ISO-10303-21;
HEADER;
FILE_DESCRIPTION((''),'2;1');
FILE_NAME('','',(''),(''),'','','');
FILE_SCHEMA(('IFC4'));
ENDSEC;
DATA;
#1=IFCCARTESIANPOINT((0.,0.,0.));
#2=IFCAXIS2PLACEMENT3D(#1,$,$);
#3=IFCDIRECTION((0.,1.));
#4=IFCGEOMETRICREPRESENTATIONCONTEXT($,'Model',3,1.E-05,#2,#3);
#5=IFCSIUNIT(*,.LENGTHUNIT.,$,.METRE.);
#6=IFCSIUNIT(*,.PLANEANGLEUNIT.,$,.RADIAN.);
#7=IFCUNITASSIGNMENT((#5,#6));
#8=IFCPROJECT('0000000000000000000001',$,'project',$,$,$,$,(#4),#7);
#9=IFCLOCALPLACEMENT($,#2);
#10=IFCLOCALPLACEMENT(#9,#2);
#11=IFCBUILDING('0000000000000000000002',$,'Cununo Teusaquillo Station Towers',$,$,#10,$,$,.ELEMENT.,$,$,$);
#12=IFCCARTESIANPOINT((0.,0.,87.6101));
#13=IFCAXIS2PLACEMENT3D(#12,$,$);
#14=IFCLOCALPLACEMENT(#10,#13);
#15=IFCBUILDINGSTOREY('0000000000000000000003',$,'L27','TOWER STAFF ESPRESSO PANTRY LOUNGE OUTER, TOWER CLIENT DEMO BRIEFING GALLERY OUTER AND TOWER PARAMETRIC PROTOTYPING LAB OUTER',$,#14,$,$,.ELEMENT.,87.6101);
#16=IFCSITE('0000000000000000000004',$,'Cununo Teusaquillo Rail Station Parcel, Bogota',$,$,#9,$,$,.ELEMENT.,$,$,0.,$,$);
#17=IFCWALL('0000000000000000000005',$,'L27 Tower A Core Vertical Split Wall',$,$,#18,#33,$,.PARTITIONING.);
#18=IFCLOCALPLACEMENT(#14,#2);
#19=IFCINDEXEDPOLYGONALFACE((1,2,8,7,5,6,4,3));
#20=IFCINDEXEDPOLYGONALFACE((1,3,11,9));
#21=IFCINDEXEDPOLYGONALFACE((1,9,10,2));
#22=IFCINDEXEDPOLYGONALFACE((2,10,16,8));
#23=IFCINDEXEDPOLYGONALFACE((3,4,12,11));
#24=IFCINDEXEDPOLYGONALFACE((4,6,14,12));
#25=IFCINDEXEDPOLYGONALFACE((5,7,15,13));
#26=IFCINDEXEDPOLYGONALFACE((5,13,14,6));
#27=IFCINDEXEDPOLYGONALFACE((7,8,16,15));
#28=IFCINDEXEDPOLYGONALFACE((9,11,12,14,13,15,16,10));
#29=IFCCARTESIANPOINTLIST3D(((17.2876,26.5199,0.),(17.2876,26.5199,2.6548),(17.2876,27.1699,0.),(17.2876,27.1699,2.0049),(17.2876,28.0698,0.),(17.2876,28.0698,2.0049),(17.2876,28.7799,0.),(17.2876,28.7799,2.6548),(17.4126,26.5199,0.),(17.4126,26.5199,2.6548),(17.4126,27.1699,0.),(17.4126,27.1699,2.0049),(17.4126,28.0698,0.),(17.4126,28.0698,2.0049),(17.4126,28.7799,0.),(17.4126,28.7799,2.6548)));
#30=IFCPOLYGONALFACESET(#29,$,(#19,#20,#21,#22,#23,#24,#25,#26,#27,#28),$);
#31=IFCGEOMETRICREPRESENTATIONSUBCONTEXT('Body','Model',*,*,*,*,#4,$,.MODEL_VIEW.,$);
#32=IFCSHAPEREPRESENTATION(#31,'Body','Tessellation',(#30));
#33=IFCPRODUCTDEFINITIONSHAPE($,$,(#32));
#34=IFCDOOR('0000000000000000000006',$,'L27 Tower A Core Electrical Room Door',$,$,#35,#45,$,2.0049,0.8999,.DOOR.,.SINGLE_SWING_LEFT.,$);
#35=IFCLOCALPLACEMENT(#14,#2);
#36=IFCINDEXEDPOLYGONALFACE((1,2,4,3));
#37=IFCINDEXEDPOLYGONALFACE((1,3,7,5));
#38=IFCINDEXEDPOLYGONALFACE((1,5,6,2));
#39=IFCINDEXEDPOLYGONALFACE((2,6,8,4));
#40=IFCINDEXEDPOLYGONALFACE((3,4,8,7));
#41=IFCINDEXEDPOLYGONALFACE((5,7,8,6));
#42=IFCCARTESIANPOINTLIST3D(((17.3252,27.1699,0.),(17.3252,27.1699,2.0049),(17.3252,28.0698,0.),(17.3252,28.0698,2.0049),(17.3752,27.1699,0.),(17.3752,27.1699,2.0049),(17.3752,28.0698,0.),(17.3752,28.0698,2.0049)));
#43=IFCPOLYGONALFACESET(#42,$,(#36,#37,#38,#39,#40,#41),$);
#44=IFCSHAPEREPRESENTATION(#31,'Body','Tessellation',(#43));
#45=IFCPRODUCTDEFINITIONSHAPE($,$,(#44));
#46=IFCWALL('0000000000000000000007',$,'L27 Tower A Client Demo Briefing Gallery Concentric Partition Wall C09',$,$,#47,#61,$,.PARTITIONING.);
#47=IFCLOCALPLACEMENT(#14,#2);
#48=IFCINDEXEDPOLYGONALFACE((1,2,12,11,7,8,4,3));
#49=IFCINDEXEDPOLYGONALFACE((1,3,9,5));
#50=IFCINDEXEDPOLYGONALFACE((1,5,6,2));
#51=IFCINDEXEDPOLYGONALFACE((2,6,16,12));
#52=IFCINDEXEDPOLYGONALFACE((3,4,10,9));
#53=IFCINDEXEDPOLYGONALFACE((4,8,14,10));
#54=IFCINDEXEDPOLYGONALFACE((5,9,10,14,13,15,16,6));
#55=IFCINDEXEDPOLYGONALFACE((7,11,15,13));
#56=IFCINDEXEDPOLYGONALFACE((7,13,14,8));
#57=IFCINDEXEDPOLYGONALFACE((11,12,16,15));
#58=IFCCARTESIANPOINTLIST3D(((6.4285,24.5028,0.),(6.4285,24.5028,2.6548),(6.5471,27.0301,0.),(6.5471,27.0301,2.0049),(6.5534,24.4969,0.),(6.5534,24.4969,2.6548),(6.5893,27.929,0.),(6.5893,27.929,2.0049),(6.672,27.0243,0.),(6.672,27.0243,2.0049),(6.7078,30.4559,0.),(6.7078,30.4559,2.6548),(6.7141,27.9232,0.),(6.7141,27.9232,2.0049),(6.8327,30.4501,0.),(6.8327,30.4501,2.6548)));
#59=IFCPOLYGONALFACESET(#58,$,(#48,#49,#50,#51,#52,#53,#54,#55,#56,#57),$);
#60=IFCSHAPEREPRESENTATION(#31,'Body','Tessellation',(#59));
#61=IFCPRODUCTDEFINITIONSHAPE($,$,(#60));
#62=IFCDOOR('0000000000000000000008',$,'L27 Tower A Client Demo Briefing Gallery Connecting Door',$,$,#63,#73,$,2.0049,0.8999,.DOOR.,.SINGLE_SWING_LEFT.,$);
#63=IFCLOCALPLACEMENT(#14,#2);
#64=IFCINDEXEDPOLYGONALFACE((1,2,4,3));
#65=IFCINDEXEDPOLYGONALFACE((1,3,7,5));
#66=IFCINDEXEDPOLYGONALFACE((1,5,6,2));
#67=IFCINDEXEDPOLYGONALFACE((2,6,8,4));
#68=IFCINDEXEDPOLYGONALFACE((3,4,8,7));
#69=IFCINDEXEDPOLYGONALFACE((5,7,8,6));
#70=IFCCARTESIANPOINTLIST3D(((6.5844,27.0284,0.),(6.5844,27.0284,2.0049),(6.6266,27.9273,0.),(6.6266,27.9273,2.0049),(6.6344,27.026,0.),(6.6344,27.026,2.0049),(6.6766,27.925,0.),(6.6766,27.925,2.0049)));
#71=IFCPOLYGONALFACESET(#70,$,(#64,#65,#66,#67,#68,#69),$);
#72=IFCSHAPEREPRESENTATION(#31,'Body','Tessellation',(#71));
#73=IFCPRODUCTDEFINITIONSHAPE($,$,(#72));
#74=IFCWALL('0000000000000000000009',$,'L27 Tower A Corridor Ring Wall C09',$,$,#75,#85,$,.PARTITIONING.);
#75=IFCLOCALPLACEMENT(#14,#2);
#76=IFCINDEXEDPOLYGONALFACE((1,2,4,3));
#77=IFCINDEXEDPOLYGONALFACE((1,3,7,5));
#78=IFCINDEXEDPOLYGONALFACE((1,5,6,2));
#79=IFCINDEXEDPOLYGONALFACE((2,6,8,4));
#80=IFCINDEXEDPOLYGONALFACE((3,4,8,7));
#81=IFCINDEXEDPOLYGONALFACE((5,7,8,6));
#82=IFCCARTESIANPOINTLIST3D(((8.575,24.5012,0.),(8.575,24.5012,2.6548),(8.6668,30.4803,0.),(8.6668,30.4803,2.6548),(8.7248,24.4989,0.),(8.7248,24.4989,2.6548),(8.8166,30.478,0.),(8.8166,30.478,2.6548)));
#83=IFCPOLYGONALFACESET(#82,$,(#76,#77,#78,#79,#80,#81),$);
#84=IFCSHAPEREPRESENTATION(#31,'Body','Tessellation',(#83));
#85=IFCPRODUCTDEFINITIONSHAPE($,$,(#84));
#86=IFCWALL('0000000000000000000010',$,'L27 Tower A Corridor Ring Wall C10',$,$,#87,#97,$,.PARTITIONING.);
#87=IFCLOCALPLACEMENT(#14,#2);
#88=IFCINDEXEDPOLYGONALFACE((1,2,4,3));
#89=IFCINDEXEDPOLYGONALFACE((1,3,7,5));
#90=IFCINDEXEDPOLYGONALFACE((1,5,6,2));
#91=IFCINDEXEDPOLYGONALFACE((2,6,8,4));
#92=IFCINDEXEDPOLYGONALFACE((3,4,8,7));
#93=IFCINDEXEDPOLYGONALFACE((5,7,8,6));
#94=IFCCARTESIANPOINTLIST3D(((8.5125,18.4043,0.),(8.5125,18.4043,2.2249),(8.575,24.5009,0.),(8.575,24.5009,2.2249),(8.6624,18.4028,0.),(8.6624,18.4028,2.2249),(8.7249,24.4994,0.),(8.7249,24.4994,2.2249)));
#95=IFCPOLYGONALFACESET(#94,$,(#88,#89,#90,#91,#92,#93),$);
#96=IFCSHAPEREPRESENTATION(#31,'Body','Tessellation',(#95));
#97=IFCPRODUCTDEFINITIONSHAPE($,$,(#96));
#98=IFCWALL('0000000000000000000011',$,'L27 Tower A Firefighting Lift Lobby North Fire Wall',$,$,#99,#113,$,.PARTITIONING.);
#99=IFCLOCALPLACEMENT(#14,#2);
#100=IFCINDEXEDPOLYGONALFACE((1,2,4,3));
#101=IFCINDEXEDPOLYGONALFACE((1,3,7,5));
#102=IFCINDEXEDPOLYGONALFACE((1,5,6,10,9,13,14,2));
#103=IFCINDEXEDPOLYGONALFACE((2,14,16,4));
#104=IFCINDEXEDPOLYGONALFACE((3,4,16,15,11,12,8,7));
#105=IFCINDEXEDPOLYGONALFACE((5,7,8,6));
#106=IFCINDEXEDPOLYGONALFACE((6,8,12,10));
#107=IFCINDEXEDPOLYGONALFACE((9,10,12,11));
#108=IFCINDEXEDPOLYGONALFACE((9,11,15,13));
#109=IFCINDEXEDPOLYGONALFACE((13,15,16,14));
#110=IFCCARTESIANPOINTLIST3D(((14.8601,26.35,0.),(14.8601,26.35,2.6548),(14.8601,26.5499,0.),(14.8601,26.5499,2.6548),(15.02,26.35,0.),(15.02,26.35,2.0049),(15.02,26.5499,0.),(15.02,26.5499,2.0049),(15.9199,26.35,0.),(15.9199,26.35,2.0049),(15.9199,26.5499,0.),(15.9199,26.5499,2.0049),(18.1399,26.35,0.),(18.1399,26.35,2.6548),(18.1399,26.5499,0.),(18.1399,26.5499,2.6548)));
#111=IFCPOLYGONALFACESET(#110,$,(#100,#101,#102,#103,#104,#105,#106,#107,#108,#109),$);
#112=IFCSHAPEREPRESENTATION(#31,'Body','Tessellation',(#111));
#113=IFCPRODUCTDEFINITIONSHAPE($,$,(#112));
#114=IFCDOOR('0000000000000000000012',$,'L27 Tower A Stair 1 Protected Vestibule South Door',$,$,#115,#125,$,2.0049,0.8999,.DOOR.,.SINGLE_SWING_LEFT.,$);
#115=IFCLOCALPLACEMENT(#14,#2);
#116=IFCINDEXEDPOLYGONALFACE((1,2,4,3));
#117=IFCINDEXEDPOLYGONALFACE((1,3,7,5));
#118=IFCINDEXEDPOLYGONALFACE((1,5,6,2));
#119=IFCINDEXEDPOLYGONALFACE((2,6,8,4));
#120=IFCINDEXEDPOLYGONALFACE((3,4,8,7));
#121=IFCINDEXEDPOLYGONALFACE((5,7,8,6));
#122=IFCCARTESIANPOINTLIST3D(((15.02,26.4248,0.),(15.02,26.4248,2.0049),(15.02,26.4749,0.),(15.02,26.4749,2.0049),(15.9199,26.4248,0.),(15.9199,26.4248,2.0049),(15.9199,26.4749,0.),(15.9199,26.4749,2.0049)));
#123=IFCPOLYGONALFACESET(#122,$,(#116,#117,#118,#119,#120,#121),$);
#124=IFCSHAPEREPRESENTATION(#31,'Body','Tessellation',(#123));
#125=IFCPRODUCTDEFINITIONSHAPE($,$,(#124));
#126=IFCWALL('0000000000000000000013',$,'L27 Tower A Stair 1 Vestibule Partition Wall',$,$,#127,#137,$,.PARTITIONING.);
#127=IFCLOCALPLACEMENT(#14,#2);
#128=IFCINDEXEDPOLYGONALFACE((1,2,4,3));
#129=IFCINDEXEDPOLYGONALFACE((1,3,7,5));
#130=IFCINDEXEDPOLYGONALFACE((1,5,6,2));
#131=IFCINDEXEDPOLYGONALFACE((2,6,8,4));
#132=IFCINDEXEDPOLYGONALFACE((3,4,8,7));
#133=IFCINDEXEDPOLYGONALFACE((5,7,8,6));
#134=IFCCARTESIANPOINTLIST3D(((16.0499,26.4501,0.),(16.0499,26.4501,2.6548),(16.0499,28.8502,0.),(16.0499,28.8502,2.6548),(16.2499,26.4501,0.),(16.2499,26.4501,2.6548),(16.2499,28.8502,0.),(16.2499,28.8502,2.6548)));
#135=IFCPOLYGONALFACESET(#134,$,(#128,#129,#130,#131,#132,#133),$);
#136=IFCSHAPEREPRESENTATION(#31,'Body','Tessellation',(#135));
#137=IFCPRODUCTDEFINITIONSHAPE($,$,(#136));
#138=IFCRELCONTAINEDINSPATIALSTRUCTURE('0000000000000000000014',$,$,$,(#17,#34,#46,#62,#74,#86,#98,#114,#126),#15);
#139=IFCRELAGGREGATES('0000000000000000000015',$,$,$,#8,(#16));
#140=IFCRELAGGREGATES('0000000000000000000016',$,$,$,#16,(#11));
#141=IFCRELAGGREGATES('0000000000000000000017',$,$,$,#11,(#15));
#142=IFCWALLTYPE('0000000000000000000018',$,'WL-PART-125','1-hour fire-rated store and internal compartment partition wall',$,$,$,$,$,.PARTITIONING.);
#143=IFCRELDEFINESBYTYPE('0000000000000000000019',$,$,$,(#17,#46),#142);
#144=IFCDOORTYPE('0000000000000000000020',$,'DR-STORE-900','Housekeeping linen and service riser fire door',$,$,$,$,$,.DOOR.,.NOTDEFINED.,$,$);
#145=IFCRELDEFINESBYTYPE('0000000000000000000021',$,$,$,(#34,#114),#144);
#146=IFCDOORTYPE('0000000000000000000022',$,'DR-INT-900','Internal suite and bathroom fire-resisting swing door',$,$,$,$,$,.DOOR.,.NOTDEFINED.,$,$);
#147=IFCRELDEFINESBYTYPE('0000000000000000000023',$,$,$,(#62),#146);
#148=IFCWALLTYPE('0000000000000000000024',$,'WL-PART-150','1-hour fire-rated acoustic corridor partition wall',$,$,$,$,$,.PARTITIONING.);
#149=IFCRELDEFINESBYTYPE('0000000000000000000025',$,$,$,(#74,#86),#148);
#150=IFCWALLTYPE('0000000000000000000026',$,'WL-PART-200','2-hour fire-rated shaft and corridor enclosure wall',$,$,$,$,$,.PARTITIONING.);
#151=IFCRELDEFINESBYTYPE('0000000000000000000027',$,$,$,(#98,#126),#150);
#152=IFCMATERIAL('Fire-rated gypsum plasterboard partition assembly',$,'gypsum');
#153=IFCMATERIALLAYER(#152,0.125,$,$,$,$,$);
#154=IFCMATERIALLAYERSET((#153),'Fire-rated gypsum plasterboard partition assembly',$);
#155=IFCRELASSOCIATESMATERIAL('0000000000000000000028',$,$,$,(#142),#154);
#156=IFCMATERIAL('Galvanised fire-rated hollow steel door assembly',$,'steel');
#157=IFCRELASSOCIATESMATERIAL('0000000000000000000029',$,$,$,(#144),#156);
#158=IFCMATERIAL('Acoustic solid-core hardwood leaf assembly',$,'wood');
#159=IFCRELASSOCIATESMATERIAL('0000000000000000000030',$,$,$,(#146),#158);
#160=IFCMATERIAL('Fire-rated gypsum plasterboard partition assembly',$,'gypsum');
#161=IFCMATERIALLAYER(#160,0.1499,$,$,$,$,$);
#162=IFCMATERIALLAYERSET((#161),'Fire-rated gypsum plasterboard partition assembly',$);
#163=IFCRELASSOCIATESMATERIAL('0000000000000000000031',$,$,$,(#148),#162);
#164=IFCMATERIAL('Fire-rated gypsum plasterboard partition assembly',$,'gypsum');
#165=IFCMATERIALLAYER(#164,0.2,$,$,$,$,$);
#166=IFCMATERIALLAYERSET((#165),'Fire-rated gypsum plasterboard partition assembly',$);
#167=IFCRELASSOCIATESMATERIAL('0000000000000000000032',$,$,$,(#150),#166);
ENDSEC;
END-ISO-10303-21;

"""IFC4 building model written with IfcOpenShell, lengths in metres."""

from ifc_helpers import new_model, si_unit, direction, frame, frame_2d, origin, place, context, subcontext, project, spatial, rectangle, extrude, source, transform, mapped, material, layer, layer_set, type_object, element, fill, save


model = new_model("IFC4")

# Units and contexts
model_context = context("Model", 3, precision=1e-05, world=origin(), true_north=direction((0.0, 1.0)))
body_context = subcontext(model_context, "Body", "Model", "MODEL_VIEW")
ifc_project = project(units=[si_unit("LENGTHUNIT", "METRE"), si_unit("PLANEANGLEUNIT", "RADIAN")], contexts=[model_context])

# Site, building, storey
site_placement = place(None, origin())
site = spatial("IfcSite", under=ifc_project, at=site_placement, Name="Cununo Teusaquillo Rail Station Parcel, Bogota", CompositionType="ELEMENT", RefElevation=0.0)
building_placement = place(site_placement, origin())
building = spatial("IfcBuilding", under=site, at=building_placement, Name="Cununo Teusaquillo Station Towers", CompositionType="ELEMENT")
storey_placement = place(building_placement, frame((0.0, 0.0, 87.6101)))
storey = spatial("IfcBuildingStorey", under=building, at=storey_placement, Name="L27", Description="TOWER STAFF ESPRESSO PANTRY LOUNGE OUTER, TOWER CLIENT DEMO BRIEFING GALLERY OUTER AND TOWER PARAMETRIC PROTOTYPING LAB OUTER", CompositionType="ELEMENT", Elevation=87.6101)

# Walls, openings, doors
ifc_material_1 = material(Name="Fire-rated gypsum plasterboard partition assembly", Category="gypsum")
ifc_layer_1 = layer(ifc_material_1, 0.125)
ifc_layer_set_1 = layer_set([ifc_layer_1], Name="Fire-rated gypsum plasterboard partition assembly")
wall_type_1 = type_object("IfcWallType", Name="WL-PART-125", Description="1-hour fire-rated store and internal compartment partition wall", PredefinedType="PARTITIONING", material=ifc_layer_set_1)
wall_1_placement = place(storey_placement, frame((17.3501, 26.52, 0.0), z_axis=(0.0, 0.0, 1.0), x_axis=(0.0, 1.0, 0.0)))
wall_1 = element("IfcWall", 1, at=wall_1_placement, inside=storey, type_object=wall_type_1, Name="L27 Tower A Core Vertical Split Wall", PredefinedType="PARTITIONING", context=body_context, shape_type="SweptSolid", body=[
    extrude(rectangle(XDim=2.26, YDim=0.125, at=frame_2d((1.1299, 0.0))), origin(), (0.0, 0.0, 1.0), 2.6548),
])
shared_shape_1 = source(origin(), body_context, "Body", "SweptSolid", [
    extrude(rectangle(XDim=0.8999, YDim=2.0049, at=frame_2d((0.45, 1.0024))), frame((0.0, 0.0725, 0.0), z_axis=(0.0, -1.0, 0.0), x_axis=(1.0, 0.0, 0.0)), (0.0, 0.0, 1.0), 0.145),
])
opening_1_placement = place(wall_1_placement, frame((0.6499, 0.0, 0.0)))
opening_1 = element("IfcOpeningElement", 2, at=opening_1_placement, cuts=wall_1, PredefinedType="OPENING", context=body_context, shape_type="MappedRepresentation", body=[
    mapped(shared_shape_1, transform((0.0, 0.0, 0.0), x_axis=(1.0, 0.0, 0.0), y_axis=(0.0, 1.0, 0.0), z_axis=(0.0, 0.0, 1.0), scale=1.0)),
])
ifc_material_2 = material(Name="Galvanised fire-rated hollow steel door assembly", Category="steel")
door_type_1 = type_object("IfcDoorType", Name="DR-STORE-900", Description="Housekeeping linen and service riser fire door", OperationType="NOTDEFINED", PredefinedType="DOOR", material=ifc_material_2)
shared_shape_2 = source(origin(), body_context, "Body", "SweptSolid", [
    extrude(rectangle(XDim=0.8999, YDim=2.0049, at=frame_2d((0.45, 1.0024))), frame((0.0, 0.0249, 0.0), z_axis=(0.0, -1.0, 0.0), x_axis=(1.0, 0.0, 0.0)), (0.0, 0.0, 1.0), 0.05),
])
door_1_placement = place(opening_1_placement, origin())
door_1 = element("IfcDoor", 3, at=door_1_placement, inside=storey, type_object=door_type_1, Name="L27 Tower A Core Electrical Room Door", OperationType="SINGLE_SWING_LEFT", OverallHeight=2.0049, OverallWidth=0.8999, PredefinedType="DOOR", context=body_context, shape_type="MappedRepresentation", body=[
    mapped(shared_shape_2, transform((0.0, 0.0, 0.0), x_axis=(1.0, 0.0, 0.0), y_axis=(0.0, 1.0, 0.0), z_axis=(0.0, 0.0, 1.0), scale=1.0)),
])
fill(opening_1, door_1)
wall_2_placement = place(storey_placement, frame((6.7703, 30.4531, 0.0), z_axis=(0.0, 0.0, 1.0), x_axis=(-0.046864, -0.998901, 0.0)))
wall_2 = element("IfcWall", 4, at=wall_2_placement, inside=storey, type_object=wall_type_1, Name="L27 Tower A Client Demo Briefing Gallery Concentric Partition Wall C09", PredefinedType="PARTITIONING", context=body_context, shape_type="SweptSolid", body=[
    extrude(rectangle(XDim=5.9597, YDim=0.125, at=frame_2d((2.98, 0.0))), origin(), (0.0, 0.0, 1.0), 2.6548),
])
opening_2_placement = place(wall_2_placement, frame((2.5298, 0.0, 0.0)))
opening_2 = element("IfcOpeningElement", 5, at=opening_2_placement, cuts=wall_2, PredefinedType="OPENING", context=body_context, shape_type="MappedRepresentation", body=[
    mapped(shared_shape_1, transform((0.0, 0.0, 0.0), x_axis=(1.0, 0.0, 0.0), y_axis=(0.0, 1.0, 0.0), z_axis=(0.0, 0.0, 1.0), scale=1.0)),
])
ifc_material_3 = material(Name="Acoustic solid-core hardwood leaf assembly", Category="wood")
door_type_2 = type_object("IfcDoorType", Name="DR-INT-900", Description="Internal suite and bathroom fire-resisting swing door", OperationType="NOTDEFINED", PredefinedType="DOOR", material=ifc_material_3)
door_2_placement = place(opening_2_placement, origin())
door_2 = element("IfcDoor", 6, at=door_2_placement, inside=storey, type_object=door_type_2, Name="L27 Tower A Client Demo Briefing Gallery Connecting Door", OperationType="SINGLE_SWING_LEFT", OverallHeight=2.0049, OverallWidth=0.8999, PredefinedType="DOOR", context=body_context, shape_type="MappedRepresentation", body=[
    mapped(shared_shape_2, transform((0.0, 0.0, 0.0), x_axis=(1.0, 0.0, 0.0), y_axis=(0.0, 1.0, 0.0), z_axis=(0.0, 0.0, 1.0), scale=1.0)),
])
fill(opening_2, door_2)

# Walls
ifc_material_4 = material(Name="Fire-rated gypsum plasterboard partition assembly", Category="gypsum")
ifc_layer_2 = layer(ifc_material_4, 0.1499)
ifc_layer_set_2 = layer_set([ifc_layer_2], Name="Fire-rated gypsum plasterboard partition assembly")
wall_type_2 = type_object("IfcWallType", Name="WL-PART-150", Description="1-hour fire-rated acoustic corridor partition wall", PredefinedType="PARTITIONING", material=ifc_layer_set_2)
wall_3_placement = place(storey_placement, frame((8.7417, 30.479, 0.0), z_axis=(0.0, 0.0, 1.0), x_axis=(-0.015351, -0.999882, 0.0)))
element("IfcWall", 7, at=wall_3_placement, inside=storey, type_object=wall_type_2, Name="L27 Tower A Corridor Ring Wall C09", PredefinedType="PARTITIONING", context=body_context, shape_type="SweptSolid", body=[
    extrude(rectangle(XDim=5.9797, YDim=0.1499, at=frame_2d((2.9897, 0.0))), origin(), (0.0, 0.0, 1.0), 2.6548),
])
wall_4_placement = place(storey_placement, frame((8.6499, 24.5, 0.0), z_axis=(0.0, 0.0, 1.0), x_axis=(-0.010251, -0.999947, 0.0)))
element("IfcWall", 8, at=wall_4_placement, inside=storey, type_object=wall_type_2, Name="L27 Tower A Corridor Ring Wall C10", PredefinedType="PARTITIONING", context=body_context, shape_type="SweptSolid", body=[
    extrude(rectangle(XDim=6.0969, YDim=0.1499, at=frame_2d((3.0483, 0.0))), origin(), (0.0, 0.0, 1.0), 2.2249),
])

# Wall, opening, door
ifc_material_5 = material(Name="Fire-rated gypsum plasterboard partition assembly", Category="gypsum")
ifc_layer_3 = layer(ifc_material_5, 0.2)
ifc_layer_set_3 = layer_set([ifc_layer_3], Name="Fire-rated gypsum plasterboard partition assembly")
wall_type_3 = type_object("IfcWallType", Name="WL-PART-200", Description="2-hour fire-rated shaft and corridor enclosure wall", PredefinedType="PARTITIONING", material=ifc_layer_set_3)
wall_5_placement = place(storey_placement, frame((14.8601, 26.45, 0.0), z_axis=(0.0, 0.0, 1.0), x_axis=(1.0, 0.0, 0.0)))
wall_5 = element("IfcWall", 9, at=wall_5_placement, inside=storey, type_object=wall_type_3, Name="L27 Tower A Firefighting Lift Lobby North Fire Wall", PredefinedType="PARTITIONING", context=body_context, shape_type="SweptSolid", body=[
    extrude(rectangle(XDim=3.2798, YDim=0.2, at=frame_2d((1.6399, 0.0))), origin(), (0.0, 0.0, 1.0), 2.6548),
])
shared_shape_3 = source(origin(), body_context, "Body", "SweptSolid", [
    extrude(rectangle(XDim=0.8999, YDim=2.0049, at=frame_2d((0.45, 1.0024))), frame((0.0, 0.1099, 0.0), z_axis=(0.0, -1.0, 0.0), x_axis=(1.0, 0.0, 0.0)), (0.0, 0.0, 1.0), 0.22),
])
opening_3_placement = place(wall_5_placement, frame((0.1599, 0.0, 0.0)))
opening_3 = element("IfcOpeningElement", 10, at=opening_3_placement, cuts=wall_5, PredefinedType="OPENING", context=body_context, shape_type="MappedRepresentation", body=[
    mapped(shared_shape_3, transform((0.0, 0.0, 0.0), x_axis=(1.0, 0.0, 0.0), y_axis=(0.0, 1.0, 0.0), z_axis=(0.0, 0.0, 1.0), scale=1.0)),
])
door_3_placement = place(opening_3_placement, origin())
door_3 = element("IfcDoor", 11, at=door_3_placement, inside=storey, type_object=door_type_1, Name="L27 Tower A Stair 1 Protected Vestibule South Door", OperationType="SINGLE_SWING_LEFT", OverallHeight=2.0049, OverallWidth=0.8999, PredefinedType="DOOR", context=body_context, shape_type="MappedRepresentation", body=[
    mapped(shared_shape_2, transform((0.0, 0.0, 0.0), x_axis=(1.0, 0.0, 0.0), y_axis=(0.0, 1.0, 0.0), z_axis=(0.0, 0.0, 1.0), scale=1.0)),
])
fill(opening_3, door_3)

# Wall
wall_6_placement = place(storey_placement, frame((16.1499, 26.45, 0.0), z_axis=(0.0, 0.0, 1.0), x_axis=(0.0, 1.0, 0.0)))
element("IfcWall", 12, at=wall_6_placement, inside=storey, type_object=wall_type_3, Name="L27 Tower A Stair 1 Vestibule Partition Wall", PredefinedType="PARTITIONING", context=body_context, shape_type="SweptSolid", body=[
    extrude(rectangle(XDim=2.4001, YDim=0.2, at=frame_2d((1.2002, 0.0))), origin(), (0.0, 0.0, 1.0), 2.6548),
])

save(model, "model.ifc")
